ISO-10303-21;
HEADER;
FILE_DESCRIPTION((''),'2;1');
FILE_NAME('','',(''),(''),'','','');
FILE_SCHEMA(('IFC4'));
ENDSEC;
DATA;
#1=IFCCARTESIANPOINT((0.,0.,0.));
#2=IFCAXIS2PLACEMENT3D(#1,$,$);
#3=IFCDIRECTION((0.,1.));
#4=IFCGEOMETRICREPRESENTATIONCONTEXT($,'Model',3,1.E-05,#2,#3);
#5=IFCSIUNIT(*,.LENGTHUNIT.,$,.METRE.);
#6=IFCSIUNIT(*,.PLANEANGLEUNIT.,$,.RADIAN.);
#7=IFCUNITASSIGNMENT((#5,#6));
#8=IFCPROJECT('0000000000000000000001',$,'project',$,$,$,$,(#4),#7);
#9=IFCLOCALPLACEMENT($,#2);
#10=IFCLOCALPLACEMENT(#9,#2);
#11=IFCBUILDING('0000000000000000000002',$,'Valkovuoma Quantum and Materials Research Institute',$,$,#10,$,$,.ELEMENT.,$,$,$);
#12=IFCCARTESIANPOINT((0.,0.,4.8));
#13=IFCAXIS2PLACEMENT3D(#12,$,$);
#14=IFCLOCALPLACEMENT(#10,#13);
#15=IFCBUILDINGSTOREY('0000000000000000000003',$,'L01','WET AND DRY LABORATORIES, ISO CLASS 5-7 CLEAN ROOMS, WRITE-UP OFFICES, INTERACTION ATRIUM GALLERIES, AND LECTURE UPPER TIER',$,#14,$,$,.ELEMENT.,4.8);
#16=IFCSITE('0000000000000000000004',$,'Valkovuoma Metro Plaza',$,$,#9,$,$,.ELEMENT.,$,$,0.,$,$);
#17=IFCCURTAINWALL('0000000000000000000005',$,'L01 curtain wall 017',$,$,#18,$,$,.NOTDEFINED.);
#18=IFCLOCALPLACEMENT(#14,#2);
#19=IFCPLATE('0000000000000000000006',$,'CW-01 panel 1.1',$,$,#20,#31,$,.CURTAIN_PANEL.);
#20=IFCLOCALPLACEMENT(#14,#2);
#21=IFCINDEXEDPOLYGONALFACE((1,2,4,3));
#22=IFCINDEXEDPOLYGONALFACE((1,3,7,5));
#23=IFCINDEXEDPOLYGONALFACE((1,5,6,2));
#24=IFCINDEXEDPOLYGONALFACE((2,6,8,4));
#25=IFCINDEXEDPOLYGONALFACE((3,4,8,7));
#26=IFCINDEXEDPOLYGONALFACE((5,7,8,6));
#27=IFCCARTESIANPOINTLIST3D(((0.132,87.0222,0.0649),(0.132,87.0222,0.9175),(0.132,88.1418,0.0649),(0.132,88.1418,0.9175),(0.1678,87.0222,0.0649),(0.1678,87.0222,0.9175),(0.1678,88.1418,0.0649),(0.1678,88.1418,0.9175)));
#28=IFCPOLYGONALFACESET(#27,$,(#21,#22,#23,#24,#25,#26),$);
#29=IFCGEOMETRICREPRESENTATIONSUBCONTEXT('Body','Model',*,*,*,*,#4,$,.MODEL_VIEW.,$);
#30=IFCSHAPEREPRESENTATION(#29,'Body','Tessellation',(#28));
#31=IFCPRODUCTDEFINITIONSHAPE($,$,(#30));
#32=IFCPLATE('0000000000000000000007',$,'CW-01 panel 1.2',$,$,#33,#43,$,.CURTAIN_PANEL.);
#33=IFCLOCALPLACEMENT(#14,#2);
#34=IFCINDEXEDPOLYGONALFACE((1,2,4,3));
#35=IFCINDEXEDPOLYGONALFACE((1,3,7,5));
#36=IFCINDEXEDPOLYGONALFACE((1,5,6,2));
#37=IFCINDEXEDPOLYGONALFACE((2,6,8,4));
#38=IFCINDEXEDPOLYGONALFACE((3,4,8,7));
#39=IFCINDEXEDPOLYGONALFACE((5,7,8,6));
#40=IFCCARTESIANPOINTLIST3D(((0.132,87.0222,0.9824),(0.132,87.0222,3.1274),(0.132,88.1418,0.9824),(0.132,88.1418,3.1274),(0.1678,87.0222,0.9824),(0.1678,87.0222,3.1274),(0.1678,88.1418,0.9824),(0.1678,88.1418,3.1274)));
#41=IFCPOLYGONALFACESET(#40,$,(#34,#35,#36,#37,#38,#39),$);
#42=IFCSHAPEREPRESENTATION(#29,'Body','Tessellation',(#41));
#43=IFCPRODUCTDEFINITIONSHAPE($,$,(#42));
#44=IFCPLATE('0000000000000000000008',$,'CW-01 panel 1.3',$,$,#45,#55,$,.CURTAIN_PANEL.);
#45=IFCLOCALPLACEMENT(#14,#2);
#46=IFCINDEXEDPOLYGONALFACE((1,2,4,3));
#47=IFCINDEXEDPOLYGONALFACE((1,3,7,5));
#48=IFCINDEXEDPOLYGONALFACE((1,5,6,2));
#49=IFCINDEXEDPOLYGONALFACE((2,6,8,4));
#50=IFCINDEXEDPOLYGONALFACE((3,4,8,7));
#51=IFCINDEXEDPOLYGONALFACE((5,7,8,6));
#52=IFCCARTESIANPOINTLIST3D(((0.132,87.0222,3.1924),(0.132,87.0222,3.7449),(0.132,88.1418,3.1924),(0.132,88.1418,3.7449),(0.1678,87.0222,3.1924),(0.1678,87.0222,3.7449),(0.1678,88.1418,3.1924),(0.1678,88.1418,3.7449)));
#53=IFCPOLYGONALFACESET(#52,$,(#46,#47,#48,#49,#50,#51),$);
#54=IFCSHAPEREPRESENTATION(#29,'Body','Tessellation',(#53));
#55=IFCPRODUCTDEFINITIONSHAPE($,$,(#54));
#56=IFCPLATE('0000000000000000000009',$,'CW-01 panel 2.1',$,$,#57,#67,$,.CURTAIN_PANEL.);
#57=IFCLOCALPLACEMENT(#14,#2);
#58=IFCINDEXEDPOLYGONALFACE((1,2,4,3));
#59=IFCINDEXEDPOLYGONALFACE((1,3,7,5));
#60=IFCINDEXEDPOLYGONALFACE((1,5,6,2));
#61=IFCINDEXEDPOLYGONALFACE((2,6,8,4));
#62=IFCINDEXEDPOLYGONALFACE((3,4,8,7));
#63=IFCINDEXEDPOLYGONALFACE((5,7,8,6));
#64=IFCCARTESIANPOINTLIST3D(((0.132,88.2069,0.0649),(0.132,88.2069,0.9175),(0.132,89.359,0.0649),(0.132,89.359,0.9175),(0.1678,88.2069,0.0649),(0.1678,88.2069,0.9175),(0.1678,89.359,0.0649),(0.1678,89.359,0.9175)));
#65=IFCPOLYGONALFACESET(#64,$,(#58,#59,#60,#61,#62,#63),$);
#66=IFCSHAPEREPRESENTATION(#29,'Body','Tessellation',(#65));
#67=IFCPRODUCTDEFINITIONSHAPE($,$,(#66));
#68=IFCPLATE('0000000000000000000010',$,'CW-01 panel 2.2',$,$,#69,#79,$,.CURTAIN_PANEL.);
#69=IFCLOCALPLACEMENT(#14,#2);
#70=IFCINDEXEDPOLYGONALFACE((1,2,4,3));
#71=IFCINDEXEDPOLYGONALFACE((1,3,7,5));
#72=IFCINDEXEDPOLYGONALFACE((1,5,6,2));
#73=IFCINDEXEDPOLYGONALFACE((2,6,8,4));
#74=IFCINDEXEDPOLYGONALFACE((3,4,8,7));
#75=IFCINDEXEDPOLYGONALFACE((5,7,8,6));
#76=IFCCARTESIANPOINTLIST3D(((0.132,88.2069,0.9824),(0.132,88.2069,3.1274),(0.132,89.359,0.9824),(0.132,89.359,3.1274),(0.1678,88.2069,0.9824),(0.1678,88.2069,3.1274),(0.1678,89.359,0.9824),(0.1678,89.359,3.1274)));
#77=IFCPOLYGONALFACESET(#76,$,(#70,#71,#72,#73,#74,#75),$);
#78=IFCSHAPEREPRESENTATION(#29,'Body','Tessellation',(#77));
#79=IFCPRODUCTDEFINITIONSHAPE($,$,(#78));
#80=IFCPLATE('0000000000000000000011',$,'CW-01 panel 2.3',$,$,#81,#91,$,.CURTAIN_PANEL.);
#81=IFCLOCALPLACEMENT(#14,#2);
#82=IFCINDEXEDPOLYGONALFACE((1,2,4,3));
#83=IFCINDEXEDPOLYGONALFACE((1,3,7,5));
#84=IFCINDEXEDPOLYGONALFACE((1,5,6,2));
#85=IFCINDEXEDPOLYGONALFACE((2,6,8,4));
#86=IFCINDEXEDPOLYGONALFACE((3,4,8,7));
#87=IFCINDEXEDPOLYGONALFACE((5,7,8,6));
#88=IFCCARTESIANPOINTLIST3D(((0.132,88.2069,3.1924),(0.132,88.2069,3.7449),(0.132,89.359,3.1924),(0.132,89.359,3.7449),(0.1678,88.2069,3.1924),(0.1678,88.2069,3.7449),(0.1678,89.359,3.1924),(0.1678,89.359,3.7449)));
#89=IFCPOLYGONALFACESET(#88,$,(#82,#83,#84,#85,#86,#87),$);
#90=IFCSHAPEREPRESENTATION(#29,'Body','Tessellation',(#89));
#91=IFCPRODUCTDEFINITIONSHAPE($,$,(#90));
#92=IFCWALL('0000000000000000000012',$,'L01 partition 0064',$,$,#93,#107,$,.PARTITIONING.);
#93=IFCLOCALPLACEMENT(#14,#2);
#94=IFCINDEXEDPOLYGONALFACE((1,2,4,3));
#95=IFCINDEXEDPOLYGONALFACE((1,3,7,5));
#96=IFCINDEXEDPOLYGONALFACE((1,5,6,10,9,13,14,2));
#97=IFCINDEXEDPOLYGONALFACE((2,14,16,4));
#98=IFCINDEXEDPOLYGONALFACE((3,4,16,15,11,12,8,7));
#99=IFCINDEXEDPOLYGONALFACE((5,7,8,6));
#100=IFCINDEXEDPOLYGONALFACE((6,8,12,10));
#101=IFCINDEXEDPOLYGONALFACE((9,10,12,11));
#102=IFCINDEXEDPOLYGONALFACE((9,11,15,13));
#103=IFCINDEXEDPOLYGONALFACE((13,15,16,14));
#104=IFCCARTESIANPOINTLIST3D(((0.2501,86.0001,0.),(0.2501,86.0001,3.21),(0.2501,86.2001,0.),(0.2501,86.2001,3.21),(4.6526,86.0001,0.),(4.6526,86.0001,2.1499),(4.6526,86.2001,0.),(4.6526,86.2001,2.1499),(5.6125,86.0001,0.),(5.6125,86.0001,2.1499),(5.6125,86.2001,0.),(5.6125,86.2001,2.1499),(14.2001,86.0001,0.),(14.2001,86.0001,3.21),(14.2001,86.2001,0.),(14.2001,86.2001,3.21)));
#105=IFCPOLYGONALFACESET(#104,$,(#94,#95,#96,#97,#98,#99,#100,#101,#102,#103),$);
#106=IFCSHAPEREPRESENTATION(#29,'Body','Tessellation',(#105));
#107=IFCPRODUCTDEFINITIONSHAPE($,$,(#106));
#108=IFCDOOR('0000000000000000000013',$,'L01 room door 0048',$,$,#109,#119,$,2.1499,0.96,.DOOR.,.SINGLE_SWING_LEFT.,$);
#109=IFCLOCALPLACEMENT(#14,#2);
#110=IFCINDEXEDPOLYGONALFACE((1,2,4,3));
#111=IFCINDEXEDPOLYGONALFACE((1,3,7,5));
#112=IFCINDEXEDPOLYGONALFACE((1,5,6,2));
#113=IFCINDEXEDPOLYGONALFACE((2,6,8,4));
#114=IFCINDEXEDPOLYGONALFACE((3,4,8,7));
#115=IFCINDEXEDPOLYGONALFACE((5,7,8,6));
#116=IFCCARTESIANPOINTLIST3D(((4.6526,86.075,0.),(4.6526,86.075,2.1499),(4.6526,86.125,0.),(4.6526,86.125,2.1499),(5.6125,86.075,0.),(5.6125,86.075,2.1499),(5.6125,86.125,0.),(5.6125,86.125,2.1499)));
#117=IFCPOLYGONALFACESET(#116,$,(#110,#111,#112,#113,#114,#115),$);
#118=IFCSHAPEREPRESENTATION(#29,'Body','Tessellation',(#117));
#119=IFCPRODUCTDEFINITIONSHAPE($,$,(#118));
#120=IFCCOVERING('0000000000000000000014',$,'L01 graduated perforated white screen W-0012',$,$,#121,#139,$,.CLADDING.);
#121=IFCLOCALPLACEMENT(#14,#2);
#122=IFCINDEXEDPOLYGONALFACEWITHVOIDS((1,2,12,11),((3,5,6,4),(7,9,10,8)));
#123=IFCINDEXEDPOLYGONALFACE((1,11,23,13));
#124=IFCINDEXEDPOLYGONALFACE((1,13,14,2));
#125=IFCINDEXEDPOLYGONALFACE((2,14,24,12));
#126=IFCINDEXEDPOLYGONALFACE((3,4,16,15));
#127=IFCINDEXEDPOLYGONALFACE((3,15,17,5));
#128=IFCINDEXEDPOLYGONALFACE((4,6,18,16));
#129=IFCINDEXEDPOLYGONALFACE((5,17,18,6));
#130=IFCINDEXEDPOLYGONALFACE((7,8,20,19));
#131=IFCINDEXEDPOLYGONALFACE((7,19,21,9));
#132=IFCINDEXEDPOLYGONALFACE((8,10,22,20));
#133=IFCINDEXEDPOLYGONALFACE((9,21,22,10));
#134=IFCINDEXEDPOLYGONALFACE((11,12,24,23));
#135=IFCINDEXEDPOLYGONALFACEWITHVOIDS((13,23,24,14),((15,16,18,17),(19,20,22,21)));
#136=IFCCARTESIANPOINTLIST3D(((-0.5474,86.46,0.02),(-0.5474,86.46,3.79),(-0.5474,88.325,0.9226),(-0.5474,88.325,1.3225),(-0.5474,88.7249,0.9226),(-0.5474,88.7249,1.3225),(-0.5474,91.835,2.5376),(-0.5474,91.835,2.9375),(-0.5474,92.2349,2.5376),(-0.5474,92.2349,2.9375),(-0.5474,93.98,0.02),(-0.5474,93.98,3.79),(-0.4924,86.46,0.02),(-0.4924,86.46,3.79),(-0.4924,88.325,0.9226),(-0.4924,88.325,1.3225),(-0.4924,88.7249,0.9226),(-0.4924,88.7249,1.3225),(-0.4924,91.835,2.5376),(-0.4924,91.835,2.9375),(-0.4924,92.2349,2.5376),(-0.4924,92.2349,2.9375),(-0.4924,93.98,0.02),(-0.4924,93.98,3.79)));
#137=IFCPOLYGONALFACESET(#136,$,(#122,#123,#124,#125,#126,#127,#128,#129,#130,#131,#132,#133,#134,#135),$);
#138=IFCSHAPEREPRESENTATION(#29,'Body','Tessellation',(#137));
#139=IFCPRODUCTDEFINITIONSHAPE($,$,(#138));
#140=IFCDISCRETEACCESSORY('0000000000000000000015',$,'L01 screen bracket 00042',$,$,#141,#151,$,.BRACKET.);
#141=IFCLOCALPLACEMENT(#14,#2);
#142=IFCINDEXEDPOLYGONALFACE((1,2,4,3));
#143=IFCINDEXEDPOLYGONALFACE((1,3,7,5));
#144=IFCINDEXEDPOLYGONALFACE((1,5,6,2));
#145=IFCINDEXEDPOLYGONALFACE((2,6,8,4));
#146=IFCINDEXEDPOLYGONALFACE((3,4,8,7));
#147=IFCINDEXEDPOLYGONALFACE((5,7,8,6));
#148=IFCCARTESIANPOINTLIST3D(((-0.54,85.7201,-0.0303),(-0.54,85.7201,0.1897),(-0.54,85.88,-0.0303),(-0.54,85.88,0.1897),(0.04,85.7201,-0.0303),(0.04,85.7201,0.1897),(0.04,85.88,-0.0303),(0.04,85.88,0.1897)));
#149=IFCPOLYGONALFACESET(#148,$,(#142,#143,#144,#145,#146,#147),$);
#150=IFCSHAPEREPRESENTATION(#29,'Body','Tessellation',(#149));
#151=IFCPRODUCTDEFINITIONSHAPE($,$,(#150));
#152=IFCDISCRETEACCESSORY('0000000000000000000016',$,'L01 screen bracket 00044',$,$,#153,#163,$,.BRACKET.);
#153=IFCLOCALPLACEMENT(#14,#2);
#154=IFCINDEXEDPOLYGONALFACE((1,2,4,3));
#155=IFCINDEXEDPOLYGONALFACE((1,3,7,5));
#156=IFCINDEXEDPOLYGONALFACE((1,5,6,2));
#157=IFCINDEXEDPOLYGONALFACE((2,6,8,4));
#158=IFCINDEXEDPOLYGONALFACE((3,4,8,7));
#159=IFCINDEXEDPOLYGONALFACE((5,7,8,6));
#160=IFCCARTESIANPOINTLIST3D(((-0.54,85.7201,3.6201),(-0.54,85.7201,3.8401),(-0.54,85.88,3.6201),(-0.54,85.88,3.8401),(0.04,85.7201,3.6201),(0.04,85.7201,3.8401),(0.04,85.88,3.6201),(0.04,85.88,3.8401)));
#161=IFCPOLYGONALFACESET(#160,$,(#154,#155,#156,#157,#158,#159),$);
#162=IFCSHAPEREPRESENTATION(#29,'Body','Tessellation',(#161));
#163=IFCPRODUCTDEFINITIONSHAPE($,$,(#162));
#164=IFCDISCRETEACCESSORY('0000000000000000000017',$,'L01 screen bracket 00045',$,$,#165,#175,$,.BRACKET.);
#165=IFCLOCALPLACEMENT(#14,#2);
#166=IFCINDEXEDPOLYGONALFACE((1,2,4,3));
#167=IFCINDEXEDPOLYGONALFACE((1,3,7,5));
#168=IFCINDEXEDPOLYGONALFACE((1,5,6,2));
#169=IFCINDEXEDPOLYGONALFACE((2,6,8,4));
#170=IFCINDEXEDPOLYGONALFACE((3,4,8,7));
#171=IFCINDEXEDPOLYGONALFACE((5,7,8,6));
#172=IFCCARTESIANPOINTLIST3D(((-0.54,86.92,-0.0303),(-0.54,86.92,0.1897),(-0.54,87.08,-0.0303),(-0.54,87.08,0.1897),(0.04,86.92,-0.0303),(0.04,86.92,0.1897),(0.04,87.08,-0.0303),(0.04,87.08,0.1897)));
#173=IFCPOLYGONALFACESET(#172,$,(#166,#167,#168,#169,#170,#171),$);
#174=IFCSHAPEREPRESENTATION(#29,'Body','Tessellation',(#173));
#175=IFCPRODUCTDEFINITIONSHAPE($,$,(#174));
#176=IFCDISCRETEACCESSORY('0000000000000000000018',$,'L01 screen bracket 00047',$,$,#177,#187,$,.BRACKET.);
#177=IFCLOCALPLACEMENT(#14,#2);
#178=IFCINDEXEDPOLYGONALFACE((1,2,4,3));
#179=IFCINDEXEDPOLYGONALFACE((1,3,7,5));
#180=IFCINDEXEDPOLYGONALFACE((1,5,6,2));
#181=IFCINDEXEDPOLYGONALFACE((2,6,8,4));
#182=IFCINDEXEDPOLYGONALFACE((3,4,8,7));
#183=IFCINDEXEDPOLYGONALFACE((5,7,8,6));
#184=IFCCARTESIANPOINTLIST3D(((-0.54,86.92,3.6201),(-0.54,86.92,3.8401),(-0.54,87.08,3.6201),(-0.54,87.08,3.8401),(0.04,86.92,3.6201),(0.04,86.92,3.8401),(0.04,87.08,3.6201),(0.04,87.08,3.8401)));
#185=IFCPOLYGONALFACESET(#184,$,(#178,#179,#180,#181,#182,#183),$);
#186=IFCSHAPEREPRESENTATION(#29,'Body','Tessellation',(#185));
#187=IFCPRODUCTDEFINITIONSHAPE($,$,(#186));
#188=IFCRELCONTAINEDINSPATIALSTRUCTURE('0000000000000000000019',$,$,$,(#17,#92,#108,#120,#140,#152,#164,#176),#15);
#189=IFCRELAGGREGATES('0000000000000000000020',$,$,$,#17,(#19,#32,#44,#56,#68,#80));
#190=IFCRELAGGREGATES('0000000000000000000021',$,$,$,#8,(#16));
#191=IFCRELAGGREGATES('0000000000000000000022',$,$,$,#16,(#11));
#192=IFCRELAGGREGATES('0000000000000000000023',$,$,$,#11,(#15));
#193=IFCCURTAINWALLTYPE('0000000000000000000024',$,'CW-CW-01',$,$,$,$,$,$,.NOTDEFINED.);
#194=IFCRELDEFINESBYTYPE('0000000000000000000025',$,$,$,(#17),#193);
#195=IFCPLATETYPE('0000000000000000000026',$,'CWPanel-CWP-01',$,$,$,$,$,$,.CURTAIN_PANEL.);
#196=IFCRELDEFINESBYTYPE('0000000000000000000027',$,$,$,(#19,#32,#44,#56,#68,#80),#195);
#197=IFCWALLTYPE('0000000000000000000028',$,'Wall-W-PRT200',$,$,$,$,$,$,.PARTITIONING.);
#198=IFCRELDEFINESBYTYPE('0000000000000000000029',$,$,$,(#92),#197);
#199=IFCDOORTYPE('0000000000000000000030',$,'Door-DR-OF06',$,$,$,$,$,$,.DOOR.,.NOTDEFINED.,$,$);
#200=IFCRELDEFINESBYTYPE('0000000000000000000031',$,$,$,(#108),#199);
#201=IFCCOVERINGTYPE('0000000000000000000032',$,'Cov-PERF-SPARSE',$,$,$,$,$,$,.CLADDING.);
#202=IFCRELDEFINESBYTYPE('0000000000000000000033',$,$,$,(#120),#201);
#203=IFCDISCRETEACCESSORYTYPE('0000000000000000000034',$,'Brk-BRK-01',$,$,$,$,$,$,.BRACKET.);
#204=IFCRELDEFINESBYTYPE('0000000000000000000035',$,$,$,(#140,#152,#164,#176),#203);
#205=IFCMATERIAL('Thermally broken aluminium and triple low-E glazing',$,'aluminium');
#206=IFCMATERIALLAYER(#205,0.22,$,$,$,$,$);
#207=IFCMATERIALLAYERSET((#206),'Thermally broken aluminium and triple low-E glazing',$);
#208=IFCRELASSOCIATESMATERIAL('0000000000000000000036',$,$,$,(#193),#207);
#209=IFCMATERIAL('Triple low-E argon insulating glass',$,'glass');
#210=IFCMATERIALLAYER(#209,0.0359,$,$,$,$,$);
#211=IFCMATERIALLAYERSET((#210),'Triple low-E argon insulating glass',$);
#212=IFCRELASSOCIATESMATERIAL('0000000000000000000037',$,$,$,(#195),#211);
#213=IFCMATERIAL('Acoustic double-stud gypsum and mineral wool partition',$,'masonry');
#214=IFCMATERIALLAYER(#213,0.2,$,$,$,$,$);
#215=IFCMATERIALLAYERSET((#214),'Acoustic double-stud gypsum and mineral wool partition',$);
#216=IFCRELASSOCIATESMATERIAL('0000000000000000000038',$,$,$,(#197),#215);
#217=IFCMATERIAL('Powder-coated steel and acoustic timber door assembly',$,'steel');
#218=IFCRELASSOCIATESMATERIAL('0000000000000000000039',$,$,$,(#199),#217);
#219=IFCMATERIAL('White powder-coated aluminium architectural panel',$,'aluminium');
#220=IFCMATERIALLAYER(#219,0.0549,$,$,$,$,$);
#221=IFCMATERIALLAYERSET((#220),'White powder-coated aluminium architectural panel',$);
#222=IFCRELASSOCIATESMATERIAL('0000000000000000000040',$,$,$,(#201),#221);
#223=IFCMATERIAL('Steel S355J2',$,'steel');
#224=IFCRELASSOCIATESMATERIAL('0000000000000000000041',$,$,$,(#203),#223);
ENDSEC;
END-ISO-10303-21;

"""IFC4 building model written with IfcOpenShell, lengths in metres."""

from ifc_helpers import new_model, si_unit, direction, frame, frame_2d, origin, origin_2d, place, context, subcontext, project, spatial, polyline, rectangle, outline, extrude, material, layer, layer_set, type_object, element, fill, aggregate, save


model = new_model("IFC4")

# Units and contexts
model_context = context("Model", 3, precision=1e-05, world=origin(), true_north=direction((0.0, 1.0)))
body_context = subcontext(model_context, "Body", "Model", "MODEL_VIEW")
ifc_project = project(units=[si_unit("LENGTHUNIT", "METRE"), si_unit("PLANEANGLEUNIT", "RADIAN")], contexts=[model_context])

# Site, building, storey
site_placement = place(None, origin())
site = spatial("IfcSite", under=ifc_project, at=site_placement, Name="Valkovuoma Metro Plaza", CompositionType="ELEMENT", RefElevation=0.0)
building_placement = place(site_placement, origin())
building = spatial("IfcBuilding", under=site, at=building_placement, Name="Valkovuoma Quantum and Materials Research Institute", CompositionType="ELEMENT")
storey_placement = place(building_placement, frame((0.0, 0.0, 4.8)))
storey = spatial("IfcBuildingStorey", under=building, at=storey_placement, Name="L01", Description="WET AND DRY LABORATORIES, ISO CLASS 5-7 CLEAN ROOMS, WRITE-UP OFFICES, INTERACTION ATRIUM GALLERIES, AND LECTURE UPPER TIER", CompositionType="ELEMENT", Elevation=4.8)

# Shared definitions
ifc_material_1 = material(Name="Thermally broken aluminium and triple low-E glazing", Category="aluminium")
ifc_layer_1 = layer(ifc_material_1, 0.22)
ifc_layer_set_1 = layer_set([ifc_layer_1], Name="Thermally broken aluminium and triple low-E glazing")
curtain_wall_type = type_object("IfcCurtainWallType", Name="CW-CW-01", PredefinedType="NOTDEFINED", material=ifc_layer_set_1)

# Curtain wall
curtain_wall_1_placement = place(storey_placement, origin())
curtain_wall_1 = element("IfcCurtainWall", 1, at=curtain_wall_1_placement, inside=storey, type_object=curtain_wall_type, Name="L01 curtain wall 017", PredefinedType="NOTDEFINED")

# Plates
ifc_material_2 = material(Name="Triple low-E argon insulating glass", Category="glass")
ifc_layer_2 = layer(ifc_material_2, 0.0359)
ifc_layer_set_2 = layer_set([ifc_layer_2], Name="Triple low-E argon insulating glass")
plate_type = type_object("IfcPlateType", Name="CWPanel-CWP-01", PredefinedType="CURTAIN_PANEL", material=ifc_layer_set_2)
plate_1_placement = place(storey_placement, frame((0.1499, 87.582, 0.0649), z_axis=(0.0, 0.0, 1.0), x_axis=(0.0, 1.0, 0.0)))
plate_1 = element("IfcPlate", 2, at=plate_1_placement, type_object=plate_type, Name="CW-01 panel 1.1", PredefinedType="CURTAIN_PANEL", context=body_context, shape_type="SweptSolid", body=[
    extrude(rectangle(XDim=1.1196, YDim=0.0359, at=origin_2d()), origin(), (0.0, 0.0, 1.0), 0.8525),
])
plate_2_placement = place(storey_placement, frame((0.1499, 87.582, 0.9824), z_axis=(0.0, 0.0, 1.0), x_axis=(0.0, 1.0, 0.0)))
plate_2 = element("IfcPlate", 3, at=plate_2_placement, type_object=plate_type, Name="CW-01 panel 1.2", PredefinedType="CURTAIN_PANEL", context=body_context, shape_type="SweptSolid", body=[
    extrude(rectangle(XDim=1.1196, YDim=0.0359, at=origin_2d()), origin(), (0.0, 0.0, 1.0), 2.145),
])
plate_3_placement = place(storey_placement, frame((0.1499, 87.582, 3.1924), z_axis=(0.0, 0.0, 1.0), x_axis=(0.0, 1.0, 0.0)))
plate_3 = element("IfcPlate", 4, at=plate_3_placement, type_object=plate_type, Name="CW-01 panel 1.3", PredefinedType="CURTAIN_PANEL", context=body_context, shape_type="SweptSolid", body=[
    extrude(rectangle(XDim=1.1196, YDim=0.0359, at=origin_2d()), origin(), (0.0, 0.0, 1.0), 0.5525),
])
plate_4_placement = place(storey_placement, frame((0.1499, 88.783, 0.0649), z_axis=(0.0, 0.0, 1.0), x_axis=(0.0, 1.0, 0.0)))
plate_4 = element("IfcPlate", 5, at=plate_4_placement, type_object=plate_type, Name="CW-01 panel 2.1", PredefinedType="CURTAIN_PANEL", context=body_context, shape_type="SweptSolid", body=[
    extrude(rectangle(XDim=1.1521, YDim=0.0359, at=origin_2d()), origin(), (0.0, 0.0, 1.0), 0.8525),
])
plate_5_placement = place(storey_placement, frame((0.1499, 88.783, 0.9824), z_axis=(0.0, 0.0, 1.0), x_axis=(0.0, 1.0, 0.0)))
plate_5 = element("IfcPlate", 6, at=plate_5_placement, type_object=plate_type, Name="CW-01 panel 2.2", PredefinedType="CURTAIN_PANEL", context=body_context, shape_type="SweptSolid", body=[
    extrude(rectangle(XDim=1.1521, YDim=0.0359, at=origin_2d()), origin(), (0.0, 0.0, 1.0), 2.145),
])
plate_6_placement = place(storey_placement, frame((0.1499, 88.783, 3.1924), z_axis=(0.0, 0.0, 1.0), x_axis=(0.0, 1.0, 0.0)))
plate_6 = element("IfcPlate", 7, at=plate_6_placement, type_object=plate_type, Name="CW-01 panel 2.3", PredefinedType="CURTAIN_PANEL", context=body_context, shape_type="SweptSolid", body=[
    extrude(rectangle(XDim=1.1521, YDim=0.0359, at=origin_2d()), origin(), (0.0, 0.0, 1.0), 0.5525),
])
aggregate(curtain_wall_1, [plate_1, plate_2, plate_3, plate_4, plate_5, plate_6])

# Wall, opening, door
ifc_material_3 = material(Name="Acoustic double-stud gypsum and mineral wool partition", Category="masonry")
ifc_layer_3 = layer(ifc_material_3, 0.2)
ifc_layer_set_3 = layer_set([ifc_layer_3], Name="Acoustic double-stud gypsum and mineral wool partition")
wall_type = type_object("IfcWallType", Name="Wall-W-PRT200", PredefinedType="PARTITIONING", material=ifc_layer_set_3)
wall_placement = place(storey_placement, frame((0.25, 86.1001, 0.0), z_axis=(0.0, 0.0, 1.0), x_axis=(1.0, 0.0, 0.0)))
wall = element("IfcWall", 8, at=wall_placement, inside=storey, type_object=wall_type, Name="L01 partition 0064", PredefinedType="PARTITIONING", context=body_context, shape_type="SweptSolid", body=[
    extrude(rectangle(XDim=13.95, YDim=0.2, at=frame_2d((6.9751, 0.0))), origin(), (0.0, 0.0, 1.0), 3.21),
])
opening_placement = place(wall_placement, frame((4.4026, 0.0, 0.0)))
opening = element("IfcOpeningElement", 9, at=opening_placement, cuts=wall, PredefinedType="OPENING", context=body_context, shape_type="SweptSolid", body=[
    extrude(rectangle(XDim=0.96, YDim=2.1499, at=frame_2d((0.48, 1.075))), frame((0.0, 0.1099, 0.0), z_axis=(0.0, -1.0, 0.0), x_axis=(1.0, 0.0, 0.0)), (0.0, 0.0, 1.0), 0.22),
])
ifc_material_4 = material(Name="Powder-coated steel and acoustic timber door assembly", Category="steel")
door_type = type_object("IfcDoorType", Name="Door-DR-OF06", OperationType="NOTDEFINED", PredefinedType="DOOR", material=ifc_material_4)
door_placement = place(opening_placement, origin())
door = element("IfcDoor", 10, at=door_placement, inside=storey, type_object=door_type, Name="L01 room door 0048", OperationType="SINGLE_SWING_LEFT", OverallHeight=2.1499, OverallWidth=0.96, PredefinedType="DOOR", context=body_context, shape_type="SweptSolid", body=[
    extrude(rectangle(XDim=0.96, YDim=2.1499, at=frame_2d((0.48, 1.075))), frame((0.0, 0.0249, 0.0), z_axis=(0.0, -1.0, 0.0), x_axis=(1.0, 0.0, 0.0)), (0.0, 0.0, 1.0), 0.05),
])
fill(opening, door)

# Covering
ifc_material_5 = material(Name="White powder-coated aluminium architectural panel", Category="aluminium")
ifc_layer_4 = layer(ifc_material_5, 0.0549)
ifc_layer_set_4 = layer_set([ifc_layer_4], Name="White powder-coated aluminium architectural panel")
covering_type = type_object("IfcCoveringType", Name="Cov-PERF-SPARSE", PredefinedType="CLADDING", material=ifc_layer_set_4)
covering_placement = place(storey_placement, frame((-0.52, 86.46, 0.02), z_axis=(0.0, 0.0, 1.0), x_axis=(0.0, 1.0, 0.0)))
element("IfcCovering", 11, at=covering_placement, inside=storey, type_object=covering_type, Name="L01 graduated perforated white screen W-0012", PredefinedType="CLADDING", context=body_context, shape_type="SweptSolid", body=[
    extrude(outline(polyline([(0.0, 0.0), (7.52, 0.0), (7.52, 3.77), (0.0, 3.77), (0.0, 0.0)]), holes=[polyline([(1.865, 0.9026), (1.865, 1.3025), (2.2649, 1.3025), (2.2649, 0.9026), (1.865, 0.9026)]), polyline([(5.375, 2.5176), (5.375, 2.9175), (5.7749, 2.9175), (5.7749, 2.5176), (5.375, 2.5176)])]), frame((0.0, 0.0273, 0.0), z_axis=(0.0, -1.0, 0.0), x_axis=(1.0, 0.0, 0.0)), (0.0, 0.0, 1.0), 0.0549),
])

# Discrete accessories
ifc_material_6 = material(Name="Steel S355J2", Category="steel")
discrete_accessory_type = type_object("IfcDiscreteAccessoryType", Name="Brk-BRK-01", PredefinedType="BRACKET", material=ifc_material_6)
for number, where, z_axis, x_axis, name in (
    (12, (-0.25, 85.8, -0.0303), (0.0, 0.0, 1.0), (1.0, 0.0, 0.0), "L01 screen bracket 00042"),
    (13, (-0.25, 85.8, 3.6201), (0.0, 0.0, 1.0), (1.0, 0.0, 0.0), "L01 screen bracket 00044"),
    (14, (-0.25, 87.0, -0.0303), (0.0, 0.0, 1.0), (1.0, 0.0, 0.0), "L01 screen bracket 00045"),
    (15, (-0.25, 87.0, 3.6201), (0.0, 0.0, 1.0), (1.0, 0.0, 0.0), "L01 screen bracket 00047"),
):
    element("IfcDiscreteAccessory", number, at=place(storey_placement, frame(where, z_axis=z_axis, x_axis=x_axis)), inside=storey, type_object=discrete_accessory_type, Name=name, PredefinedType="BRACKET", context=body_context, shape_type="SweptSolid", body=[
        extrude(rectangle(XDim=0.5801, YDim=0.1599, at=origin_2d()), origin(), (0.0, 0.0, 1.0), 0.22),
    ])

save(model, "model.ifc")
